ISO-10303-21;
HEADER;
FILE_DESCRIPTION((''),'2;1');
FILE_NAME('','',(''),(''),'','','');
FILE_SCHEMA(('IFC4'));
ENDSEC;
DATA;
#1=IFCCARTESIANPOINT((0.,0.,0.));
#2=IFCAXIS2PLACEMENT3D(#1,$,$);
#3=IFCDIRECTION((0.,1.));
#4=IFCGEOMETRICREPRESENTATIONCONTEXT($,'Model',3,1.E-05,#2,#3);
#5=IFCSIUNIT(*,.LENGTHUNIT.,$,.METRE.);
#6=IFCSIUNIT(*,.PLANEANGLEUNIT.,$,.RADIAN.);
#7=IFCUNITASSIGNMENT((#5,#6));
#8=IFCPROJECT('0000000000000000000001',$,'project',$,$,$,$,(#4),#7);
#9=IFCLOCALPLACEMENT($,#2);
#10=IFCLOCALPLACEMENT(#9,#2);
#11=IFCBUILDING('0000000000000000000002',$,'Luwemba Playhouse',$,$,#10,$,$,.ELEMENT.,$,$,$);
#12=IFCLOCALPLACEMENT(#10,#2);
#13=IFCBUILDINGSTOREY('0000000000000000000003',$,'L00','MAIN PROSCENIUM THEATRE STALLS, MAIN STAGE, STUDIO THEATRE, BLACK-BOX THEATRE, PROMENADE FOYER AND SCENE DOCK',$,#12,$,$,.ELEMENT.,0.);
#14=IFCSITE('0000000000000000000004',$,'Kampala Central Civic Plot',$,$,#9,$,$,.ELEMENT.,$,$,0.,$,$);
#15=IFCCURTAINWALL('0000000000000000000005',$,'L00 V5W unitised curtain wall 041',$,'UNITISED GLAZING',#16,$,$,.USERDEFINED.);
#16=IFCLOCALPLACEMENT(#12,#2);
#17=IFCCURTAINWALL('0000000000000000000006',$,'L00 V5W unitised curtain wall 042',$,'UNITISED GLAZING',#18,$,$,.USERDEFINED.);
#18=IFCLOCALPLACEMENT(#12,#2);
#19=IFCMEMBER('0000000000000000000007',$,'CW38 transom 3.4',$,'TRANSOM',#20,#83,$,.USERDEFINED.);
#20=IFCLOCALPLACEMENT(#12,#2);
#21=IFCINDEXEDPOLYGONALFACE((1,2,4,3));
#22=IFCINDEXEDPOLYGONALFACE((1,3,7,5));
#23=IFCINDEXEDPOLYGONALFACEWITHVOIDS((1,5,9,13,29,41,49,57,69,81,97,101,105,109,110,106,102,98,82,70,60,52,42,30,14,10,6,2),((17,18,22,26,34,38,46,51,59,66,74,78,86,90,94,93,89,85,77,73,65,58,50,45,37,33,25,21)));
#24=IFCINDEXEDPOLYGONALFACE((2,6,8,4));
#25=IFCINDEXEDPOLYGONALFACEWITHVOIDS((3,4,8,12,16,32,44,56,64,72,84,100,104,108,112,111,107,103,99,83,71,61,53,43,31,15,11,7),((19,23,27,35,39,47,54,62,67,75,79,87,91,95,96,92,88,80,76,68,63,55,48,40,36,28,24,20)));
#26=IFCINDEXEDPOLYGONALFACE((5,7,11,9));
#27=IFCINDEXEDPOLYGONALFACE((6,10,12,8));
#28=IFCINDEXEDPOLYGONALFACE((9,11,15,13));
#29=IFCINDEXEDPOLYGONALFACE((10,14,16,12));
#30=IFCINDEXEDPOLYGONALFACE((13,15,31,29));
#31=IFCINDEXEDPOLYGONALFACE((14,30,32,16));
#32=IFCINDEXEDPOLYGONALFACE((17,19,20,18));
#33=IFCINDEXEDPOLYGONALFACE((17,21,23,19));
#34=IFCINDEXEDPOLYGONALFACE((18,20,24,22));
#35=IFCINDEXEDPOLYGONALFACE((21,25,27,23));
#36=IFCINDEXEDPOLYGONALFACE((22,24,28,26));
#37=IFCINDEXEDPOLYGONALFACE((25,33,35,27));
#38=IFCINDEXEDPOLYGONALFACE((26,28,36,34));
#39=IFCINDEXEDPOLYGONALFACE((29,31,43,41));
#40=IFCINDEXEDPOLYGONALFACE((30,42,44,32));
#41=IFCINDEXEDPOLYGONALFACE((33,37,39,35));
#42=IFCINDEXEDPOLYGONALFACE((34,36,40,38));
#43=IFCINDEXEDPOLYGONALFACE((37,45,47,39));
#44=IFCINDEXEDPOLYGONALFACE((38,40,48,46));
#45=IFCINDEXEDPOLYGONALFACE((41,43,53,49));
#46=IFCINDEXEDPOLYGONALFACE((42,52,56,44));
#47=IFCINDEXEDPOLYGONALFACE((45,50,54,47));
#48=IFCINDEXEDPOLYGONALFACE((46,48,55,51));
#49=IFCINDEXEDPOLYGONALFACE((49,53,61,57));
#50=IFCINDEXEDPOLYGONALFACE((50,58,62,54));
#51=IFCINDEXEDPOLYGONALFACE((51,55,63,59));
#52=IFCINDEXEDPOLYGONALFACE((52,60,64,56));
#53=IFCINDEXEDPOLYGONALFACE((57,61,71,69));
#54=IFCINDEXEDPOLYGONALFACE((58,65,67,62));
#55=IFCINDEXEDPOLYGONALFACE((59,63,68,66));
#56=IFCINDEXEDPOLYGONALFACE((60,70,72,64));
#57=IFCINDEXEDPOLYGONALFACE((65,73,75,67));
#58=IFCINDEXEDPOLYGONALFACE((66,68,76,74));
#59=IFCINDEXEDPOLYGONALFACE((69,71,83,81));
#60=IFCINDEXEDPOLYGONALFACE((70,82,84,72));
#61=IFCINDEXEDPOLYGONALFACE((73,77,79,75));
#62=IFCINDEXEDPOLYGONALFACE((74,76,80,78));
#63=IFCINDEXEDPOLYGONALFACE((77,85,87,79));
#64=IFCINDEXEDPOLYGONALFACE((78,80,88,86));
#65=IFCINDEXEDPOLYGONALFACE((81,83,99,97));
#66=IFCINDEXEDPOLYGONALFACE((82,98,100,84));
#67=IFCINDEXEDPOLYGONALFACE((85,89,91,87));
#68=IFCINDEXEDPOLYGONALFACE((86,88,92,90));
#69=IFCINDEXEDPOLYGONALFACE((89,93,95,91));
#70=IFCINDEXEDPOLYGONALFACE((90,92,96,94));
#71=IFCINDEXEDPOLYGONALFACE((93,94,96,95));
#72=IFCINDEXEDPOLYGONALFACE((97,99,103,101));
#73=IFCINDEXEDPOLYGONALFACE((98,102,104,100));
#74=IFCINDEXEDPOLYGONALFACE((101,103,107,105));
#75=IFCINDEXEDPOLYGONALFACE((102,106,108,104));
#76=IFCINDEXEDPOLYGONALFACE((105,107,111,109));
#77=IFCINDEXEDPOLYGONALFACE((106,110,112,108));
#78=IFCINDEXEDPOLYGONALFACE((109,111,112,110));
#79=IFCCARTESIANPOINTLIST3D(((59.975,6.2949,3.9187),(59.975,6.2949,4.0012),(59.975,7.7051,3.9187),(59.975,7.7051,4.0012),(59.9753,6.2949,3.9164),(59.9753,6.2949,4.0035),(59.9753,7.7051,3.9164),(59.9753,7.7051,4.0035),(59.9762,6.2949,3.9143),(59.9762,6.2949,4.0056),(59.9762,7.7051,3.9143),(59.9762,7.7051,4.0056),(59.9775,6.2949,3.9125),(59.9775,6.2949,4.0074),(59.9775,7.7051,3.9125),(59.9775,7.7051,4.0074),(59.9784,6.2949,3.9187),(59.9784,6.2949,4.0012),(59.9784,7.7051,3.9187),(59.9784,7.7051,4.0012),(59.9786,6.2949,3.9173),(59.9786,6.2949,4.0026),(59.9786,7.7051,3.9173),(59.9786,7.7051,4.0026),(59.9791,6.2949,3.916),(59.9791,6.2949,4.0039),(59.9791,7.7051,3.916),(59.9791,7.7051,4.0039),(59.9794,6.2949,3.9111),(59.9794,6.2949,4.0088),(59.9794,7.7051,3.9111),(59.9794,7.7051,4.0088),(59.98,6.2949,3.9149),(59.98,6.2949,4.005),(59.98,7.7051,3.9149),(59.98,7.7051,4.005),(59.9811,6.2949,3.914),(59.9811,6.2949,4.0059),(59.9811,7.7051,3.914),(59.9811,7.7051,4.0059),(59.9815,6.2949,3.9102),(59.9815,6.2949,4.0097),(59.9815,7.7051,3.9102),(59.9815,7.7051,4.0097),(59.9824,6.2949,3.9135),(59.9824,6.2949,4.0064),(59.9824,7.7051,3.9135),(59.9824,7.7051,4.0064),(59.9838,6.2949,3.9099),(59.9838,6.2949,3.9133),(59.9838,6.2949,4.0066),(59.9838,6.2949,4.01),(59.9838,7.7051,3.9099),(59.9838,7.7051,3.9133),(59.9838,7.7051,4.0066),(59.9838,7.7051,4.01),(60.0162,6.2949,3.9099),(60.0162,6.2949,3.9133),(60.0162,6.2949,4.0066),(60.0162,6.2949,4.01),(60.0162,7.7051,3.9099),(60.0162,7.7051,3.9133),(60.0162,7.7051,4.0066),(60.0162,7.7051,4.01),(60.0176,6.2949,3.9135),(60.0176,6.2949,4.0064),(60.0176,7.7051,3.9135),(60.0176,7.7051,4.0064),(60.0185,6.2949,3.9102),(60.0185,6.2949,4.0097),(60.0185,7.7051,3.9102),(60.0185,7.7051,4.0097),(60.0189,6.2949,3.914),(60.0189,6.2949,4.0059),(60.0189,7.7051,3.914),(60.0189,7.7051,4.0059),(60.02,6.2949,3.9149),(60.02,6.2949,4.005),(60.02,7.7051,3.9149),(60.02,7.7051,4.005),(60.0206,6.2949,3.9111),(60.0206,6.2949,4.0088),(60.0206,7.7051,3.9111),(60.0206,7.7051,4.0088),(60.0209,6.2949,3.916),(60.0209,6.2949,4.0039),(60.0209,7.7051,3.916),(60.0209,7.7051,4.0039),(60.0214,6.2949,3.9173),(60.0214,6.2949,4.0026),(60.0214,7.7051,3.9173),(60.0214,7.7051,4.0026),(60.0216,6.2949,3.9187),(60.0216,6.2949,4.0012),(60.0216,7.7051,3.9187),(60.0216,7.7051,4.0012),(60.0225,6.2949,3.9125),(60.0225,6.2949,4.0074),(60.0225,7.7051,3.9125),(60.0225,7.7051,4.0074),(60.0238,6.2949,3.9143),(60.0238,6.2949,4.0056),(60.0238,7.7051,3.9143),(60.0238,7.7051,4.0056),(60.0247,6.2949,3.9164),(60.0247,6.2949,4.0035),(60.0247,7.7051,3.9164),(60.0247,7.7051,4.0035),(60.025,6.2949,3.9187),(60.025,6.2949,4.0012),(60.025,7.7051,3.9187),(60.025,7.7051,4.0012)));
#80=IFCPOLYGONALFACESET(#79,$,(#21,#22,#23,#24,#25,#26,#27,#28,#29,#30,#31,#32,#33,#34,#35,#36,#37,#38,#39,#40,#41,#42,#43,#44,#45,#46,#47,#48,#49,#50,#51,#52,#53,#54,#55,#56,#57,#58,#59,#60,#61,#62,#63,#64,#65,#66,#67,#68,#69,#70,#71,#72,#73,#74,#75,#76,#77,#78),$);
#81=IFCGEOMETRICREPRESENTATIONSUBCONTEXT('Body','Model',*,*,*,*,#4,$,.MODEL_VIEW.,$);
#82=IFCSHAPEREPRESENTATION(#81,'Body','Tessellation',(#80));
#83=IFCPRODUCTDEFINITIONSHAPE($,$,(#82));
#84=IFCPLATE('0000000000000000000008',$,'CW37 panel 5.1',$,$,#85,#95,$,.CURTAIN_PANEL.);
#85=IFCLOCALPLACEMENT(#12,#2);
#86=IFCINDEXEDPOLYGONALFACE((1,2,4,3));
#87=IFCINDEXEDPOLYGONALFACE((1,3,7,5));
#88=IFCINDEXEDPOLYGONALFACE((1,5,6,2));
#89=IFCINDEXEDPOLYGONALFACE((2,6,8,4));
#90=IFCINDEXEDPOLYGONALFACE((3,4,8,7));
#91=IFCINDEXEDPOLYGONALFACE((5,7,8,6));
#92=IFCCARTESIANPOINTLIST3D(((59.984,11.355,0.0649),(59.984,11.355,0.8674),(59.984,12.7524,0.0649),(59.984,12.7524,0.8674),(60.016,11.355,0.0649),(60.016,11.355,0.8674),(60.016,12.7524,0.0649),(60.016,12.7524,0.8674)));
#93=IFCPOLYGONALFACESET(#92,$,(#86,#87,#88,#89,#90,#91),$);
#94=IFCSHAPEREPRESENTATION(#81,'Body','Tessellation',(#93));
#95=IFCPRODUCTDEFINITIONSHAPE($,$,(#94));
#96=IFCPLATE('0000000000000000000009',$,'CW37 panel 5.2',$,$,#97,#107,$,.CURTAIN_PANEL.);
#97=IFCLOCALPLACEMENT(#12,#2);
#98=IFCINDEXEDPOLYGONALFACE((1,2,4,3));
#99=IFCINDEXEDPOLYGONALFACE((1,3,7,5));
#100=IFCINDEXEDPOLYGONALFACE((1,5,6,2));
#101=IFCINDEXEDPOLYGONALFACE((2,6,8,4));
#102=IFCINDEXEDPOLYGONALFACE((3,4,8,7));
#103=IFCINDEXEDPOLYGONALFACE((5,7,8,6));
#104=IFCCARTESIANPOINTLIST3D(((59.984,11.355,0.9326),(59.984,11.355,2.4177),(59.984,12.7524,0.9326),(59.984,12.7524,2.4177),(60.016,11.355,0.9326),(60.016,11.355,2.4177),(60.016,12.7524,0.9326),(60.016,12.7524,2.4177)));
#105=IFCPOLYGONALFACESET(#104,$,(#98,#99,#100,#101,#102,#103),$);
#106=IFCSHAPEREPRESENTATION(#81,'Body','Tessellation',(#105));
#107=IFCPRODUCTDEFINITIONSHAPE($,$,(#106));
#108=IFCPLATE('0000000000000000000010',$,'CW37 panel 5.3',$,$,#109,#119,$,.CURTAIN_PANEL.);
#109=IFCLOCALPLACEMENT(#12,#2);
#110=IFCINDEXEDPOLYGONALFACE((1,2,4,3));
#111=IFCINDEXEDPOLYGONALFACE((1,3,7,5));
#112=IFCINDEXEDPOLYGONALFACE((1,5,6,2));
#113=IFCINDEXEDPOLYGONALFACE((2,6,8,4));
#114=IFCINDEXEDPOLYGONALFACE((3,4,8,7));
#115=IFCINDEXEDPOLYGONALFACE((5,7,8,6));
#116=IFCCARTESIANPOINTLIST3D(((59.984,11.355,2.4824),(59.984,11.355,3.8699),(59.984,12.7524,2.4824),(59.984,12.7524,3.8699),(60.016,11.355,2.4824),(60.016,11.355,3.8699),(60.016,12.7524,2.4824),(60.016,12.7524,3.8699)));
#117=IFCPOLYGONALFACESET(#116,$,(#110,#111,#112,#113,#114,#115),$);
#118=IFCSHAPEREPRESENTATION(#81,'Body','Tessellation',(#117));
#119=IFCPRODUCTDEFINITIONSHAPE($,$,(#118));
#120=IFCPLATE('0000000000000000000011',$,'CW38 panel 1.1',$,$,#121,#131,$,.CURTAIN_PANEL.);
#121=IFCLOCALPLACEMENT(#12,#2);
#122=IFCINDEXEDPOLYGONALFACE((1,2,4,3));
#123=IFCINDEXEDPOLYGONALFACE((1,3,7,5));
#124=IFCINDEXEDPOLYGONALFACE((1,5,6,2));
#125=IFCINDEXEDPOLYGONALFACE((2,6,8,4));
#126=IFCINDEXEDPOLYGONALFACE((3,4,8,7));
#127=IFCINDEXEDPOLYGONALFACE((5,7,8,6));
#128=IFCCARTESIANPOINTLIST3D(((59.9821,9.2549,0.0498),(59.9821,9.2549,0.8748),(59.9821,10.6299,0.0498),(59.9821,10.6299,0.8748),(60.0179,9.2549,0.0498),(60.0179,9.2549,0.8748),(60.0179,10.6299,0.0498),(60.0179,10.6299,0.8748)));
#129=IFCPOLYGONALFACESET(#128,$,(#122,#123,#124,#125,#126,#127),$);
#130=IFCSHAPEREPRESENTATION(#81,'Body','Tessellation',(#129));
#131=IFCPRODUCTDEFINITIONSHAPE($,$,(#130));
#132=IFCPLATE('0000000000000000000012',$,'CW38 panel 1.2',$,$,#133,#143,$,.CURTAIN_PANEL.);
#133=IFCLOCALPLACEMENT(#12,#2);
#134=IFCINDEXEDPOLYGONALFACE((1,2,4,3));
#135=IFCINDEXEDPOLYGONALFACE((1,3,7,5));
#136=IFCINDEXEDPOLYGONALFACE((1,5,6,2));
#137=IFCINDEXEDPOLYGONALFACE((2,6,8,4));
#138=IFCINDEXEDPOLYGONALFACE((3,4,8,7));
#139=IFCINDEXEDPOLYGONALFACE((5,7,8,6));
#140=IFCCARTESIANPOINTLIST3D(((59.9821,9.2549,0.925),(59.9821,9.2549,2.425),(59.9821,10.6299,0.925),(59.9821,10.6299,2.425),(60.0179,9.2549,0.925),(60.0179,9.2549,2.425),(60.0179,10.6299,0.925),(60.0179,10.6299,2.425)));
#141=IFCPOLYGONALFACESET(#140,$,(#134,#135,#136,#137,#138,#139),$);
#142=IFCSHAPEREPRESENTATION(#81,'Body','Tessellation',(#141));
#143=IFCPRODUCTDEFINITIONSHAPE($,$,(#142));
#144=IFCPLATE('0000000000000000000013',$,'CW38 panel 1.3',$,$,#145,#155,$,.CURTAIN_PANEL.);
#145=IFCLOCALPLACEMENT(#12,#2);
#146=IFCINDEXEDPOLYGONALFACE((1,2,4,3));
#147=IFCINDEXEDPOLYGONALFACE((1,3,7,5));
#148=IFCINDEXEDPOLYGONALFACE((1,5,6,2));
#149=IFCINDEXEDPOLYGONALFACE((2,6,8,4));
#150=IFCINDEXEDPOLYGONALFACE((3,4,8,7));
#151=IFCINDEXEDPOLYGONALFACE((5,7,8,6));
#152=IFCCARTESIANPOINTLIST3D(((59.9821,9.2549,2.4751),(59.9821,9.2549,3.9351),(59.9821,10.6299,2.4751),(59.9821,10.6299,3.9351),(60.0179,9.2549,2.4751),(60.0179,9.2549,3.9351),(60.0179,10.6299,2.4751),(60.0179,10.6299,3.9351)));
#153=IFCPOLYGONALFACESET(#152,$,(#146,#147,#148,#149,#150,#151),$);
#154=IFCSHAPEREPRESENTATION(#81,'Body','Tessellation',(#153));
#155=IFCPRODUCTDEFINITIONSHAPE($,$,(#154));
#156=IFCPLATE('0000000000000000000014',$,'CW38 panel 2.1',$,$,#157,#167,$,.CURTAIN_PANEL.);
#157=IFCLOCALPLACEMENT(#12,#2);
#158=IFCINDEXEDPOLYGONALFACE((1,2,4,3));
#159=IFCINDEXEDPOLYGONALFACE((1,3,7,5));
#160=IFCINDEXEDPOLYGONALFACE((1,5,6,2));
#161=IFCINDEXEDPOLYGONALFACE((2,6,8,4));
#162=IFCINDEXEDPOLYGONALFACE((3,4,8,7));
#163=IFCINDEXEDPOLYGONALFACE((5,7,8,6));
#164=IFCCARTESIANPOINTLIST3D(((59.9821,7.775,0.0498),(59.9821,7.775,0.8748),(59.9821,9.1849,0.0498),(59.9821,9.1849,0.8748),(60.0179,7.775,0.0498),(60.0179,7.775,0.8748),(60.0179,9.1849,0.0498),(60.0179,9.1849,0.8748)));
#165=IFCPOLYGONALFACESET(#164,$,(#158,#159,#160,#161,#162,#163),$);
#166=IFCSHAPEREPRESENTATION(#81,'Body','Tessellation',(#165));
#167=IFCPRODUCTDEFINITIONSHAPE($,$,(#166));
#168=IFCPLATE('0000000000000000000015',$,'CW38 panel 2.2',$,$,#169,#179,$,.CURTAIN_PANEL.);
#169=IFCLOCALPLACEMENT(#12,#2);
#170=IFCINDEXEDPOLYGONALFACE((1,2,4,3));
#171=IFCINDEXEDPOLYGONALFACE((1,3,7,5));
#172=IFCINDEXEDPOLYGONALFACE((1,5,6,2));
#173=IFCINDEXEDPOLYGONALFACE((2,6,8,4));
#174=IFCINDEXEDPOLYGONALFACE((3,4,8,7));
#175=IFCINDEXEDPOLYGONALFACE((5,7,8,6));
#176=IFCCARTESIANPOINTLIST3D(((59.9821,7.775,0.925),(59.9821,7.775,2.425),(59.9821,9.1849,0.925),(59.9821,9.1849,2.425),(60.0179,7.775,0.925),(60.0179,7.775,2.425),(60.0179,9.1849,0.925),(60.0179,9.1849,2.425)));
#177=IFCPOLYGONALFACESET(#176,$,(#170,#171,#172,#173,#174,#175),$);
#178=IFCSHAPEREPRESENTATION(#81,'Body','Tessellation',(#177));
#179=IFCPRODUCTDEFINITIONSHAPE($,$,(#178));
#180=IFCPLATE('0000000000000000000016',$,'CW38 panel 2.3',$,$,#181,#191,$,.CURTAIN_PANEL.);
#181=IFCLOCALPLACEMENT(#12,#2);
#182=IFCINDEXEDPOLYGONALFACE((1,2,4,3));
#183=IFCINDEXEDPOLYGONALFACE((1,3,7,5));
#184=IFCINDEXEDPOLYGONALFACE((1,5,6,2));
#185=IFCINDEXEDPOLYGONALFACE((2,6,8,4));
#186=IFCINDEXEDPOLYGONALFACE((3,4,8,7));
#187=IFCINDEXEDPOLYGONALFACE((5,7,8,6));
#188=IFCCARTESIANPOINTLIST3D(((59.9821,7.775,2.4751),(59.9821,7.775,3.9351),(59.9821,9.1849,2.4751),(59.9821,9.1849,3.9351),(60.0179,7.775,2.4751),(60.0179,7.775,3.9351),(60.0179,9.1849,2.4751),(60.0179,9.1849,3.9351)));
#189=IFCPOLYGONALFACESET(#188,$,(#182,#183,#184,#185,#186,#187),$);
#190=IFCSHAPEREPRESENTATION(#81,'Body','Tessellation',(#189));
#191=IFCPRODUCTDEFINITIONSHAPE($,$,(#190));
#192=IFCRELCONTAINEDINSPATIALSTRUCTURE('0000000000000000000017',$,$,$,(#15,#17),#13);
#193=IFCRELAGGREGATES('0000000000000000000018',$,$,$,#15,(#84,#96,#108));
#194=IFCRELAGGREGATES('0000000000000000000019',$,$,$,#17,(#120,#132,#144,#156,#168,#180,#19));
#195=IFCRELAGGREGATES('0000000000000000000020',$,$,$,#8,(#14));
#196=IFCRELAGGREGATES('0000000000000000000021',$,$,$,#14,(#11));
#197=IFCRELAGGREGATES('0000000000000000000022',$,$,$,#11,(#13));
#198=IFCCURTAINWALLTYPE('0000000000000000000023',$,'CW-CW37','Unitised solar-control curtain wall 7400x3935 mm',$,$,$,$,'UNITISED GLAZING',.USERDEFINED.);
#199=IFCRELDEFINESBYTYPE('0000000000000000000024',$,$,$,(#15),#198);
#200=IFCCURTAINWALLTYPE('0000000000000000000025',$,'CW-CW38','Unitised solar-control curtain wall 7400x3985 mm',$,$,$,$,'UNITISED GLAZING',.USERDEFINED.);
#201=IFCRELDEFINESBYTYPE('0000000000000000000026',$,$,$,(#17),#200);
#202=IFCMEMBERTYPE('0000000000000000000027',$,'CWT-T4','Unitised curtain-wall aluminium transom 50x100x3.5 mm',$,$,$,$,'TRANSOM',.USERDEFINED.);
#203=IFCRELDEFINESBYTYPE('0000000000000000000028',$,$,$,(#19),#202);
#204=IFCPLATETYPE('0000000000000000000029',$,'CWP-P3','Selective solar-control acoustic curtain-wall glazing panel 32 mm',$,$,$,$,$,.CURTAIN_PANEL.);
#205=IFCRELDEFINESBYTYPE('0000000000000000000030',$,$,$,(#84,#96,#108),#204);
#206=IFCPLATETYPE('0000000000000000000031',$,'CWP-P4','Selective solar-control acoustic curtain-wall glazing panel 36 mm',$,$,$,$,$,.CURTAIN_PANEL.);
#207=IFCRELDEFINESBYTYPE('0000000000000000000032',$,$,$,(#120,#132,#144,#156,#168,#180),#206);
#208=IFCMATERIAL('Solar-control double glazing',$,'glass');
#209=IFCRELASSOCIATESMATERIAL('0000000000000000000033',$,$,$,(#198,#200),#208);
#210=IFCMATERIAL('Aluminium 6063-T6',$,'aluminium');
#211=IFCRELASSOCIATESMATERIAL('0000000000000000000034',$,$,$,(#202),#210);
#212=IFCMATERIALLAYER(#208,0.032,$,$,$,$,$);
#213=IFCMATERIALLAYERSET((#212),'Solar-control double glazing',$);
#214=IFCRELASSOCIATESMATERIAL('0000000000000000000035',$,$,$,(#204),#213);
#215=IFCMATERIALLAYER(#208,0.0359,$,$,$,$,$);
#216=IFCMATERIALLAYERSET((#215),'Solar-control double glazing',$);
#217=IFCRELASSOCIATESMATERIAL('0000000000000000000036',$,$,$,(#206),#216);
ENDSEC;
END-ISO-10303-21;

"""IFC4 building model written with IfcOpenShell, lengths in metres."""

from ifc_helpers import new_model, si_unit, direction, frame, origin, origin_2d, place, context, subcontext, project, spatial, rectangle, hollow_rectangle, extrude, material, layer, layer_set, material_profile, profile_set, type_object, element, aggregate, save


model = new_model("IFC4")

# Units and contexts
model_context = context("Model", 3, precision=1e-05, world=origin(), true_north=direction((0.0, 1.0)))
body_context = subcontext(model_context, "Body", "Model", "MODEL_VIEW")
ifc_project = project(units=[si_unit("LENGTHUNIT", "METRE"), si_unit("PLANEANGLEUNIT", "RADIAN")], contexts=[model_context])

# Site, building, storey
site_placement = place(None, origin())
site = spatial("IfcSite", under=ifc_project, at=site_placement, Name="Kampala Central Civic Plot", CompositionType="ELEMENT", RefElevation=0.0)
building_placement = place(site_placement, origin())
building = spatial("IfcBuilding", under=site, at=building_placement, Name="Luwemba Playhouse", CompositionType="ELEMENT")
storey_placement = place(building_placement, origin())
storey = spatial("IfcBuildingStorey", under=building, at=storey_placement, Name="L00", Description="MAIN PROSCENIUM THEATRE STALLS, MAIN STAGE, STUDIO THEATRE, BLACK-BOX THEATRE, PROMENADE FOYER AND SCENE DOCK", CompositionType="ELEMENT", Elevation=0.0)

# Curtain wall
ifc_material_1 = material(Name="Solar-control double glazing", Category="glass")
curtain_wall_type_1 = type_object("IfcCurtainWallType", Name="CW-CW37", Description="Unitised solar-control curtain wall 7400x3935 mm", ElementType="UNITISED GLAZING", PredefinedType="USERDEFINED", material=ifc_material_1)
curtain_wall_1_placement = place(storey_placement, origin())
curtain_wall_1 = element("IfcCurtainWall", 1, at=curtain_wall_1_placement, inside=storey, type_object=curtain_wall_type_1, Name="L00 V5W unitised curtain wall 041", ObjectType="UNITISED GLAZING", PredefinedType="USERDEFINED")
ifc_material_2 = material(Name="Aluminium 6063-T6", Category="aluminium")

# Curtain wall
curtain_wall_type_2 = type_object("IfcCurtainWallType", Name="CW-CW38", Description="Unitised solar-control curtain wall 7400x3985 mm", ElementType="UNITISED GLAZING", PredefinedType="USERDEFINED", material=ifc_material_1)
curtain_wall_2_placement = place(storey_placement, origin())
curtain_wall_2 = element("IfcCurtainWall", 2, at=curtain_wall_2_placement, inside=storey, type_object=curtain_wall_type_2, Name="L00 V5W unitised curtain wall 042", ObjectType="UNITISED GLAZING", PredefinedType="USERDEFINED")

# Member
ifc_material_profile_1 = material_profile(ifc_material_2, hollow_rectangle(XDim=0.05, YDim=0.1001, WallThickness=0.0034, InnerFilletRadius=0.0054, OuterFilletRadius=0.0088, at=origin_2d()))
ifc_profile_set_1 = profile_set([ifc_material_profile_1], Name="Aluminium 6063-T6")
member_type_1 = type_object("IfcMemberType", Name="CWT-T4", Description="Unitised curtain-wall aluminium transom 50x100x3.5 mm", ElementType="TRANSOM", PredefinedType="USERDEFINED", material=ifc_profile_set_1)
member_1_placement = place(storey_placement, frame((60.0, 7.7051, 3.96), z_axis=(0.0, -1.0, 0.0), x_axis=(1.0, 0.0, 0.0)))
member_1 = element("IfcMember", 3, at=member_1_placement, type_object=member_type_1, Name="CW38 transom 3.4", ObjectType="TRANSOM", PredefinedType="USERDEFINED", context=body_context, shape_type="SweptSolid", body=[
    extrude(hollow_rectangle(XDim=0.05, YDim=0.1001, WallThickness=0.0034, InnerFilletRadius=0.0054, OuterFilletRadius=0.0088, at=origin_2d()), origin(), (0.0, 0.0, 1.0), 1.4102),
])

# Plates
ifc_layer_1 = layer(ifc_material_1, 0.032)
ifc_layer_set_1 = layer_set([ifc_layer_1], Name="Solar-control double glazing")
plate_type_1 = type_object("IfcPlateType", Name="CWP-P3", Description="Selective solar-control acoustic curtain-wall glazing panel 32 mm", PredefinedType="CURTAIN_PANEL", material=ifc_layer_set_1)
plate_1_placement = place(storey_placement, frame((60.0, 12.0537, 0.0649), z_axis=(0.0, 0.0, 1.0), x_axis=(0.0, -1.0, 0.0)))
plate_1 = element("IfcPlate", 4, at=plate_1_placement, type_object=plate_type_1, Name="CW37 panel 5.1", PredefinedType="CURTAIN_PANEL", context=body_context, shape_type="SweptSolid", body=[
    extrude(rectangle(XDim=1.3975, YDim=0.032, at=origin_2d()), origin(), (0.0, 0.0, 1.0), 0.8025),
])
plate_2_placement = place(storey_placement, frame((60.0, 12.0537, 0.9326), z_axis=(0.0, 0.0, 1.0), x_axis=(0.0, -1.0, 0.0)))
plate_2 = element("IfcPlate", 5, at=plate_2_placement, type_object=plate_type_1, Name="CW37 panel 5.2", PredefinedType="CURTAIN_PANEL", context=body_context, shape_type="SweptSolid", body=[
    extrude(rectangle(XDim=1.3975, YDim=0.032, at=origin_2d()), origin(), (0.0, 0.0, 1.0), 1.4851),
])
plate_3_placement = place(storey_placement, frame((60.0, 12.0537, 2.4824), z_axis=(0.0, 0.0, 1.0), x_axis=(0.0, -1.0, 0.0)))
plate_3 = element("IfcPlate", 6, at=plate_3_placement, type_object=plate_type_1, Name="CW37 panel 5.3", PredefinedType="CURTAIN_PANEL", context=body_context, shape_type="SweptSolid", body=[
    extrude(rectangle(XDim=1.3975, YDim=0.032, at=origin_2d()), origin(), (0.0, 0.0, 1.0), 1.3875),
])
aggregate(curtain_wall_1, [plate_1, plate_2, plate_3])
ifc_layer_2 = layer(ifc_material_1, 0.0359)
ifc_layer_set_2 = layer_set([ifc_layer_2], Name="Solar-control double glazing")
plate_type_2 = type_object("IfcPlateType", Name="CWP-P4", Description="Selective solar-control acoustic curtain-wall glazing panel 36 mm", PredefinedType="CURTAIN_PANEL", material=ifc_layer_set_2)
plate_4_placement = place(storey_placement, frame((60.0, 9.9424, 0.0498), z_axis=(0.0, 0.0, 1.0), x_axis=(0.0, -1.0, 0.0)))
plate_4 = element("IfcPlate", 7, at=plate_4_placement, type_object=plate_type_2, Name="CW38 panel 1.1", PredefinedType="CURTAIN_PANEL", context=body_context, shape_type="SweptSolid", body=[
    extrude(rectangle(XDim=1.375, YDim=0.0359, at=origin_2d()), origin(), (0.0, 0.0, 1.0), 0.825),
])
plate_5_placement = place(storey_placement, frame((60.0, 9.9424, 0.925), z_axis=(0.0, 0.0, 1.0), x_axis=(0.0, -1.0, 0.0)))
plate_5 = element("IfcPlate", 8, at=plate_5_placement, type_object=plate_type_2, Name="CW38 panel 1.2", PredefinedType="CURTAIN_PANEL", context=body_context, shape_type="SweptSolid", body=[
    extrude(rectangle(XDim=1.375, YDim=0.0359, at=origin_2d()), origin(), (0.0, 0.0, 1.0), 1.5),
])
plate_6_placement = place(storey_placement, frame((60.0, 9.9424, 2.4751), z_axis=(0.0, 0.0, 1.0), x_axis=(0.0, -1.0, 0.0)))
plate_6 = element("IfcPlate", 9, at=plate_6_placement, type_object=plate_type_2, Name="CW38 panel 1.3", PredefinedType="CURTAIN_PANEL", context=body_context, shape_type="SweptSolid", body=[
    extrude(rectangle(XDim=1.375, YDim=0.0359, at=origin_2d()), origin(), (0.0, 0.0, 1.0), 1.46),
])
plate_7_placement = place(storey_placement, frame((60.0, 8.48, 0.0498), z_axis=(0.0, 0.0, 1.0), x_axis=(0.0, -1.0, 0.0)))
plate_7 = element("IfcPlate", 10, at=plate_7_placement, type_object=plate_type_2, Name="CW38 panel 2.1", PredefinedType="CURTAIN_PANEL", context=body_context, shape_type="SweptSolid", body=[
    extrude(rectangle(XDim=1.4099, YDim=0.0359, at=origin_2d()), origin(), (0.0, 0.0, 1.0), 0.825),
])
plate_8_placement = place(storey_placement, frame((60.0, 8.48, 0.925), z_axis=(0.0, 0.0, 1.0), x_axis=(0.0, -1.0, 0.0)))
plate_8 = element("IfcPlate", 11, at=plate_8_placement, type_object=plate_type_2, Name="CW38 panel 2.2", PredefinedType="CURTAIN_PANEL", context=body_context, shape_type="SweptSolid", body=[
    extrude(rectangle(XDim=1.4099, YDim=0.0359, at=origin_2d()), origin(), (0.0, 0.0, 1.0), 1.5),
])
plate_9_placement = place(storey_placement, frame((60.0, 8.48, 2.4751), z_axis=(0.0, 0.0, 1.0), x_axis=(0.0, -1.0, 0.0)))
plate_9 = element("IfcPlate", 12, at=plate_9_placement, type_object=plate_type_2, Name="CW38 panel 2.3", PredefinedType="CURTAIN_PANEL", context=body_context, shape_type="SweptSolid", body=[
    extrude(rectangle(XDim=1.4099, YDim=0.0359, at=origin_2d()), origin(), (0.0, 0.0, 1.0), 1.46),
])
aggregate(curtain_wall_2, [plate_4, plate_5, plate_6, plate_7, plate_8, plate_9, member_1])

save(model, "model.ifc")
